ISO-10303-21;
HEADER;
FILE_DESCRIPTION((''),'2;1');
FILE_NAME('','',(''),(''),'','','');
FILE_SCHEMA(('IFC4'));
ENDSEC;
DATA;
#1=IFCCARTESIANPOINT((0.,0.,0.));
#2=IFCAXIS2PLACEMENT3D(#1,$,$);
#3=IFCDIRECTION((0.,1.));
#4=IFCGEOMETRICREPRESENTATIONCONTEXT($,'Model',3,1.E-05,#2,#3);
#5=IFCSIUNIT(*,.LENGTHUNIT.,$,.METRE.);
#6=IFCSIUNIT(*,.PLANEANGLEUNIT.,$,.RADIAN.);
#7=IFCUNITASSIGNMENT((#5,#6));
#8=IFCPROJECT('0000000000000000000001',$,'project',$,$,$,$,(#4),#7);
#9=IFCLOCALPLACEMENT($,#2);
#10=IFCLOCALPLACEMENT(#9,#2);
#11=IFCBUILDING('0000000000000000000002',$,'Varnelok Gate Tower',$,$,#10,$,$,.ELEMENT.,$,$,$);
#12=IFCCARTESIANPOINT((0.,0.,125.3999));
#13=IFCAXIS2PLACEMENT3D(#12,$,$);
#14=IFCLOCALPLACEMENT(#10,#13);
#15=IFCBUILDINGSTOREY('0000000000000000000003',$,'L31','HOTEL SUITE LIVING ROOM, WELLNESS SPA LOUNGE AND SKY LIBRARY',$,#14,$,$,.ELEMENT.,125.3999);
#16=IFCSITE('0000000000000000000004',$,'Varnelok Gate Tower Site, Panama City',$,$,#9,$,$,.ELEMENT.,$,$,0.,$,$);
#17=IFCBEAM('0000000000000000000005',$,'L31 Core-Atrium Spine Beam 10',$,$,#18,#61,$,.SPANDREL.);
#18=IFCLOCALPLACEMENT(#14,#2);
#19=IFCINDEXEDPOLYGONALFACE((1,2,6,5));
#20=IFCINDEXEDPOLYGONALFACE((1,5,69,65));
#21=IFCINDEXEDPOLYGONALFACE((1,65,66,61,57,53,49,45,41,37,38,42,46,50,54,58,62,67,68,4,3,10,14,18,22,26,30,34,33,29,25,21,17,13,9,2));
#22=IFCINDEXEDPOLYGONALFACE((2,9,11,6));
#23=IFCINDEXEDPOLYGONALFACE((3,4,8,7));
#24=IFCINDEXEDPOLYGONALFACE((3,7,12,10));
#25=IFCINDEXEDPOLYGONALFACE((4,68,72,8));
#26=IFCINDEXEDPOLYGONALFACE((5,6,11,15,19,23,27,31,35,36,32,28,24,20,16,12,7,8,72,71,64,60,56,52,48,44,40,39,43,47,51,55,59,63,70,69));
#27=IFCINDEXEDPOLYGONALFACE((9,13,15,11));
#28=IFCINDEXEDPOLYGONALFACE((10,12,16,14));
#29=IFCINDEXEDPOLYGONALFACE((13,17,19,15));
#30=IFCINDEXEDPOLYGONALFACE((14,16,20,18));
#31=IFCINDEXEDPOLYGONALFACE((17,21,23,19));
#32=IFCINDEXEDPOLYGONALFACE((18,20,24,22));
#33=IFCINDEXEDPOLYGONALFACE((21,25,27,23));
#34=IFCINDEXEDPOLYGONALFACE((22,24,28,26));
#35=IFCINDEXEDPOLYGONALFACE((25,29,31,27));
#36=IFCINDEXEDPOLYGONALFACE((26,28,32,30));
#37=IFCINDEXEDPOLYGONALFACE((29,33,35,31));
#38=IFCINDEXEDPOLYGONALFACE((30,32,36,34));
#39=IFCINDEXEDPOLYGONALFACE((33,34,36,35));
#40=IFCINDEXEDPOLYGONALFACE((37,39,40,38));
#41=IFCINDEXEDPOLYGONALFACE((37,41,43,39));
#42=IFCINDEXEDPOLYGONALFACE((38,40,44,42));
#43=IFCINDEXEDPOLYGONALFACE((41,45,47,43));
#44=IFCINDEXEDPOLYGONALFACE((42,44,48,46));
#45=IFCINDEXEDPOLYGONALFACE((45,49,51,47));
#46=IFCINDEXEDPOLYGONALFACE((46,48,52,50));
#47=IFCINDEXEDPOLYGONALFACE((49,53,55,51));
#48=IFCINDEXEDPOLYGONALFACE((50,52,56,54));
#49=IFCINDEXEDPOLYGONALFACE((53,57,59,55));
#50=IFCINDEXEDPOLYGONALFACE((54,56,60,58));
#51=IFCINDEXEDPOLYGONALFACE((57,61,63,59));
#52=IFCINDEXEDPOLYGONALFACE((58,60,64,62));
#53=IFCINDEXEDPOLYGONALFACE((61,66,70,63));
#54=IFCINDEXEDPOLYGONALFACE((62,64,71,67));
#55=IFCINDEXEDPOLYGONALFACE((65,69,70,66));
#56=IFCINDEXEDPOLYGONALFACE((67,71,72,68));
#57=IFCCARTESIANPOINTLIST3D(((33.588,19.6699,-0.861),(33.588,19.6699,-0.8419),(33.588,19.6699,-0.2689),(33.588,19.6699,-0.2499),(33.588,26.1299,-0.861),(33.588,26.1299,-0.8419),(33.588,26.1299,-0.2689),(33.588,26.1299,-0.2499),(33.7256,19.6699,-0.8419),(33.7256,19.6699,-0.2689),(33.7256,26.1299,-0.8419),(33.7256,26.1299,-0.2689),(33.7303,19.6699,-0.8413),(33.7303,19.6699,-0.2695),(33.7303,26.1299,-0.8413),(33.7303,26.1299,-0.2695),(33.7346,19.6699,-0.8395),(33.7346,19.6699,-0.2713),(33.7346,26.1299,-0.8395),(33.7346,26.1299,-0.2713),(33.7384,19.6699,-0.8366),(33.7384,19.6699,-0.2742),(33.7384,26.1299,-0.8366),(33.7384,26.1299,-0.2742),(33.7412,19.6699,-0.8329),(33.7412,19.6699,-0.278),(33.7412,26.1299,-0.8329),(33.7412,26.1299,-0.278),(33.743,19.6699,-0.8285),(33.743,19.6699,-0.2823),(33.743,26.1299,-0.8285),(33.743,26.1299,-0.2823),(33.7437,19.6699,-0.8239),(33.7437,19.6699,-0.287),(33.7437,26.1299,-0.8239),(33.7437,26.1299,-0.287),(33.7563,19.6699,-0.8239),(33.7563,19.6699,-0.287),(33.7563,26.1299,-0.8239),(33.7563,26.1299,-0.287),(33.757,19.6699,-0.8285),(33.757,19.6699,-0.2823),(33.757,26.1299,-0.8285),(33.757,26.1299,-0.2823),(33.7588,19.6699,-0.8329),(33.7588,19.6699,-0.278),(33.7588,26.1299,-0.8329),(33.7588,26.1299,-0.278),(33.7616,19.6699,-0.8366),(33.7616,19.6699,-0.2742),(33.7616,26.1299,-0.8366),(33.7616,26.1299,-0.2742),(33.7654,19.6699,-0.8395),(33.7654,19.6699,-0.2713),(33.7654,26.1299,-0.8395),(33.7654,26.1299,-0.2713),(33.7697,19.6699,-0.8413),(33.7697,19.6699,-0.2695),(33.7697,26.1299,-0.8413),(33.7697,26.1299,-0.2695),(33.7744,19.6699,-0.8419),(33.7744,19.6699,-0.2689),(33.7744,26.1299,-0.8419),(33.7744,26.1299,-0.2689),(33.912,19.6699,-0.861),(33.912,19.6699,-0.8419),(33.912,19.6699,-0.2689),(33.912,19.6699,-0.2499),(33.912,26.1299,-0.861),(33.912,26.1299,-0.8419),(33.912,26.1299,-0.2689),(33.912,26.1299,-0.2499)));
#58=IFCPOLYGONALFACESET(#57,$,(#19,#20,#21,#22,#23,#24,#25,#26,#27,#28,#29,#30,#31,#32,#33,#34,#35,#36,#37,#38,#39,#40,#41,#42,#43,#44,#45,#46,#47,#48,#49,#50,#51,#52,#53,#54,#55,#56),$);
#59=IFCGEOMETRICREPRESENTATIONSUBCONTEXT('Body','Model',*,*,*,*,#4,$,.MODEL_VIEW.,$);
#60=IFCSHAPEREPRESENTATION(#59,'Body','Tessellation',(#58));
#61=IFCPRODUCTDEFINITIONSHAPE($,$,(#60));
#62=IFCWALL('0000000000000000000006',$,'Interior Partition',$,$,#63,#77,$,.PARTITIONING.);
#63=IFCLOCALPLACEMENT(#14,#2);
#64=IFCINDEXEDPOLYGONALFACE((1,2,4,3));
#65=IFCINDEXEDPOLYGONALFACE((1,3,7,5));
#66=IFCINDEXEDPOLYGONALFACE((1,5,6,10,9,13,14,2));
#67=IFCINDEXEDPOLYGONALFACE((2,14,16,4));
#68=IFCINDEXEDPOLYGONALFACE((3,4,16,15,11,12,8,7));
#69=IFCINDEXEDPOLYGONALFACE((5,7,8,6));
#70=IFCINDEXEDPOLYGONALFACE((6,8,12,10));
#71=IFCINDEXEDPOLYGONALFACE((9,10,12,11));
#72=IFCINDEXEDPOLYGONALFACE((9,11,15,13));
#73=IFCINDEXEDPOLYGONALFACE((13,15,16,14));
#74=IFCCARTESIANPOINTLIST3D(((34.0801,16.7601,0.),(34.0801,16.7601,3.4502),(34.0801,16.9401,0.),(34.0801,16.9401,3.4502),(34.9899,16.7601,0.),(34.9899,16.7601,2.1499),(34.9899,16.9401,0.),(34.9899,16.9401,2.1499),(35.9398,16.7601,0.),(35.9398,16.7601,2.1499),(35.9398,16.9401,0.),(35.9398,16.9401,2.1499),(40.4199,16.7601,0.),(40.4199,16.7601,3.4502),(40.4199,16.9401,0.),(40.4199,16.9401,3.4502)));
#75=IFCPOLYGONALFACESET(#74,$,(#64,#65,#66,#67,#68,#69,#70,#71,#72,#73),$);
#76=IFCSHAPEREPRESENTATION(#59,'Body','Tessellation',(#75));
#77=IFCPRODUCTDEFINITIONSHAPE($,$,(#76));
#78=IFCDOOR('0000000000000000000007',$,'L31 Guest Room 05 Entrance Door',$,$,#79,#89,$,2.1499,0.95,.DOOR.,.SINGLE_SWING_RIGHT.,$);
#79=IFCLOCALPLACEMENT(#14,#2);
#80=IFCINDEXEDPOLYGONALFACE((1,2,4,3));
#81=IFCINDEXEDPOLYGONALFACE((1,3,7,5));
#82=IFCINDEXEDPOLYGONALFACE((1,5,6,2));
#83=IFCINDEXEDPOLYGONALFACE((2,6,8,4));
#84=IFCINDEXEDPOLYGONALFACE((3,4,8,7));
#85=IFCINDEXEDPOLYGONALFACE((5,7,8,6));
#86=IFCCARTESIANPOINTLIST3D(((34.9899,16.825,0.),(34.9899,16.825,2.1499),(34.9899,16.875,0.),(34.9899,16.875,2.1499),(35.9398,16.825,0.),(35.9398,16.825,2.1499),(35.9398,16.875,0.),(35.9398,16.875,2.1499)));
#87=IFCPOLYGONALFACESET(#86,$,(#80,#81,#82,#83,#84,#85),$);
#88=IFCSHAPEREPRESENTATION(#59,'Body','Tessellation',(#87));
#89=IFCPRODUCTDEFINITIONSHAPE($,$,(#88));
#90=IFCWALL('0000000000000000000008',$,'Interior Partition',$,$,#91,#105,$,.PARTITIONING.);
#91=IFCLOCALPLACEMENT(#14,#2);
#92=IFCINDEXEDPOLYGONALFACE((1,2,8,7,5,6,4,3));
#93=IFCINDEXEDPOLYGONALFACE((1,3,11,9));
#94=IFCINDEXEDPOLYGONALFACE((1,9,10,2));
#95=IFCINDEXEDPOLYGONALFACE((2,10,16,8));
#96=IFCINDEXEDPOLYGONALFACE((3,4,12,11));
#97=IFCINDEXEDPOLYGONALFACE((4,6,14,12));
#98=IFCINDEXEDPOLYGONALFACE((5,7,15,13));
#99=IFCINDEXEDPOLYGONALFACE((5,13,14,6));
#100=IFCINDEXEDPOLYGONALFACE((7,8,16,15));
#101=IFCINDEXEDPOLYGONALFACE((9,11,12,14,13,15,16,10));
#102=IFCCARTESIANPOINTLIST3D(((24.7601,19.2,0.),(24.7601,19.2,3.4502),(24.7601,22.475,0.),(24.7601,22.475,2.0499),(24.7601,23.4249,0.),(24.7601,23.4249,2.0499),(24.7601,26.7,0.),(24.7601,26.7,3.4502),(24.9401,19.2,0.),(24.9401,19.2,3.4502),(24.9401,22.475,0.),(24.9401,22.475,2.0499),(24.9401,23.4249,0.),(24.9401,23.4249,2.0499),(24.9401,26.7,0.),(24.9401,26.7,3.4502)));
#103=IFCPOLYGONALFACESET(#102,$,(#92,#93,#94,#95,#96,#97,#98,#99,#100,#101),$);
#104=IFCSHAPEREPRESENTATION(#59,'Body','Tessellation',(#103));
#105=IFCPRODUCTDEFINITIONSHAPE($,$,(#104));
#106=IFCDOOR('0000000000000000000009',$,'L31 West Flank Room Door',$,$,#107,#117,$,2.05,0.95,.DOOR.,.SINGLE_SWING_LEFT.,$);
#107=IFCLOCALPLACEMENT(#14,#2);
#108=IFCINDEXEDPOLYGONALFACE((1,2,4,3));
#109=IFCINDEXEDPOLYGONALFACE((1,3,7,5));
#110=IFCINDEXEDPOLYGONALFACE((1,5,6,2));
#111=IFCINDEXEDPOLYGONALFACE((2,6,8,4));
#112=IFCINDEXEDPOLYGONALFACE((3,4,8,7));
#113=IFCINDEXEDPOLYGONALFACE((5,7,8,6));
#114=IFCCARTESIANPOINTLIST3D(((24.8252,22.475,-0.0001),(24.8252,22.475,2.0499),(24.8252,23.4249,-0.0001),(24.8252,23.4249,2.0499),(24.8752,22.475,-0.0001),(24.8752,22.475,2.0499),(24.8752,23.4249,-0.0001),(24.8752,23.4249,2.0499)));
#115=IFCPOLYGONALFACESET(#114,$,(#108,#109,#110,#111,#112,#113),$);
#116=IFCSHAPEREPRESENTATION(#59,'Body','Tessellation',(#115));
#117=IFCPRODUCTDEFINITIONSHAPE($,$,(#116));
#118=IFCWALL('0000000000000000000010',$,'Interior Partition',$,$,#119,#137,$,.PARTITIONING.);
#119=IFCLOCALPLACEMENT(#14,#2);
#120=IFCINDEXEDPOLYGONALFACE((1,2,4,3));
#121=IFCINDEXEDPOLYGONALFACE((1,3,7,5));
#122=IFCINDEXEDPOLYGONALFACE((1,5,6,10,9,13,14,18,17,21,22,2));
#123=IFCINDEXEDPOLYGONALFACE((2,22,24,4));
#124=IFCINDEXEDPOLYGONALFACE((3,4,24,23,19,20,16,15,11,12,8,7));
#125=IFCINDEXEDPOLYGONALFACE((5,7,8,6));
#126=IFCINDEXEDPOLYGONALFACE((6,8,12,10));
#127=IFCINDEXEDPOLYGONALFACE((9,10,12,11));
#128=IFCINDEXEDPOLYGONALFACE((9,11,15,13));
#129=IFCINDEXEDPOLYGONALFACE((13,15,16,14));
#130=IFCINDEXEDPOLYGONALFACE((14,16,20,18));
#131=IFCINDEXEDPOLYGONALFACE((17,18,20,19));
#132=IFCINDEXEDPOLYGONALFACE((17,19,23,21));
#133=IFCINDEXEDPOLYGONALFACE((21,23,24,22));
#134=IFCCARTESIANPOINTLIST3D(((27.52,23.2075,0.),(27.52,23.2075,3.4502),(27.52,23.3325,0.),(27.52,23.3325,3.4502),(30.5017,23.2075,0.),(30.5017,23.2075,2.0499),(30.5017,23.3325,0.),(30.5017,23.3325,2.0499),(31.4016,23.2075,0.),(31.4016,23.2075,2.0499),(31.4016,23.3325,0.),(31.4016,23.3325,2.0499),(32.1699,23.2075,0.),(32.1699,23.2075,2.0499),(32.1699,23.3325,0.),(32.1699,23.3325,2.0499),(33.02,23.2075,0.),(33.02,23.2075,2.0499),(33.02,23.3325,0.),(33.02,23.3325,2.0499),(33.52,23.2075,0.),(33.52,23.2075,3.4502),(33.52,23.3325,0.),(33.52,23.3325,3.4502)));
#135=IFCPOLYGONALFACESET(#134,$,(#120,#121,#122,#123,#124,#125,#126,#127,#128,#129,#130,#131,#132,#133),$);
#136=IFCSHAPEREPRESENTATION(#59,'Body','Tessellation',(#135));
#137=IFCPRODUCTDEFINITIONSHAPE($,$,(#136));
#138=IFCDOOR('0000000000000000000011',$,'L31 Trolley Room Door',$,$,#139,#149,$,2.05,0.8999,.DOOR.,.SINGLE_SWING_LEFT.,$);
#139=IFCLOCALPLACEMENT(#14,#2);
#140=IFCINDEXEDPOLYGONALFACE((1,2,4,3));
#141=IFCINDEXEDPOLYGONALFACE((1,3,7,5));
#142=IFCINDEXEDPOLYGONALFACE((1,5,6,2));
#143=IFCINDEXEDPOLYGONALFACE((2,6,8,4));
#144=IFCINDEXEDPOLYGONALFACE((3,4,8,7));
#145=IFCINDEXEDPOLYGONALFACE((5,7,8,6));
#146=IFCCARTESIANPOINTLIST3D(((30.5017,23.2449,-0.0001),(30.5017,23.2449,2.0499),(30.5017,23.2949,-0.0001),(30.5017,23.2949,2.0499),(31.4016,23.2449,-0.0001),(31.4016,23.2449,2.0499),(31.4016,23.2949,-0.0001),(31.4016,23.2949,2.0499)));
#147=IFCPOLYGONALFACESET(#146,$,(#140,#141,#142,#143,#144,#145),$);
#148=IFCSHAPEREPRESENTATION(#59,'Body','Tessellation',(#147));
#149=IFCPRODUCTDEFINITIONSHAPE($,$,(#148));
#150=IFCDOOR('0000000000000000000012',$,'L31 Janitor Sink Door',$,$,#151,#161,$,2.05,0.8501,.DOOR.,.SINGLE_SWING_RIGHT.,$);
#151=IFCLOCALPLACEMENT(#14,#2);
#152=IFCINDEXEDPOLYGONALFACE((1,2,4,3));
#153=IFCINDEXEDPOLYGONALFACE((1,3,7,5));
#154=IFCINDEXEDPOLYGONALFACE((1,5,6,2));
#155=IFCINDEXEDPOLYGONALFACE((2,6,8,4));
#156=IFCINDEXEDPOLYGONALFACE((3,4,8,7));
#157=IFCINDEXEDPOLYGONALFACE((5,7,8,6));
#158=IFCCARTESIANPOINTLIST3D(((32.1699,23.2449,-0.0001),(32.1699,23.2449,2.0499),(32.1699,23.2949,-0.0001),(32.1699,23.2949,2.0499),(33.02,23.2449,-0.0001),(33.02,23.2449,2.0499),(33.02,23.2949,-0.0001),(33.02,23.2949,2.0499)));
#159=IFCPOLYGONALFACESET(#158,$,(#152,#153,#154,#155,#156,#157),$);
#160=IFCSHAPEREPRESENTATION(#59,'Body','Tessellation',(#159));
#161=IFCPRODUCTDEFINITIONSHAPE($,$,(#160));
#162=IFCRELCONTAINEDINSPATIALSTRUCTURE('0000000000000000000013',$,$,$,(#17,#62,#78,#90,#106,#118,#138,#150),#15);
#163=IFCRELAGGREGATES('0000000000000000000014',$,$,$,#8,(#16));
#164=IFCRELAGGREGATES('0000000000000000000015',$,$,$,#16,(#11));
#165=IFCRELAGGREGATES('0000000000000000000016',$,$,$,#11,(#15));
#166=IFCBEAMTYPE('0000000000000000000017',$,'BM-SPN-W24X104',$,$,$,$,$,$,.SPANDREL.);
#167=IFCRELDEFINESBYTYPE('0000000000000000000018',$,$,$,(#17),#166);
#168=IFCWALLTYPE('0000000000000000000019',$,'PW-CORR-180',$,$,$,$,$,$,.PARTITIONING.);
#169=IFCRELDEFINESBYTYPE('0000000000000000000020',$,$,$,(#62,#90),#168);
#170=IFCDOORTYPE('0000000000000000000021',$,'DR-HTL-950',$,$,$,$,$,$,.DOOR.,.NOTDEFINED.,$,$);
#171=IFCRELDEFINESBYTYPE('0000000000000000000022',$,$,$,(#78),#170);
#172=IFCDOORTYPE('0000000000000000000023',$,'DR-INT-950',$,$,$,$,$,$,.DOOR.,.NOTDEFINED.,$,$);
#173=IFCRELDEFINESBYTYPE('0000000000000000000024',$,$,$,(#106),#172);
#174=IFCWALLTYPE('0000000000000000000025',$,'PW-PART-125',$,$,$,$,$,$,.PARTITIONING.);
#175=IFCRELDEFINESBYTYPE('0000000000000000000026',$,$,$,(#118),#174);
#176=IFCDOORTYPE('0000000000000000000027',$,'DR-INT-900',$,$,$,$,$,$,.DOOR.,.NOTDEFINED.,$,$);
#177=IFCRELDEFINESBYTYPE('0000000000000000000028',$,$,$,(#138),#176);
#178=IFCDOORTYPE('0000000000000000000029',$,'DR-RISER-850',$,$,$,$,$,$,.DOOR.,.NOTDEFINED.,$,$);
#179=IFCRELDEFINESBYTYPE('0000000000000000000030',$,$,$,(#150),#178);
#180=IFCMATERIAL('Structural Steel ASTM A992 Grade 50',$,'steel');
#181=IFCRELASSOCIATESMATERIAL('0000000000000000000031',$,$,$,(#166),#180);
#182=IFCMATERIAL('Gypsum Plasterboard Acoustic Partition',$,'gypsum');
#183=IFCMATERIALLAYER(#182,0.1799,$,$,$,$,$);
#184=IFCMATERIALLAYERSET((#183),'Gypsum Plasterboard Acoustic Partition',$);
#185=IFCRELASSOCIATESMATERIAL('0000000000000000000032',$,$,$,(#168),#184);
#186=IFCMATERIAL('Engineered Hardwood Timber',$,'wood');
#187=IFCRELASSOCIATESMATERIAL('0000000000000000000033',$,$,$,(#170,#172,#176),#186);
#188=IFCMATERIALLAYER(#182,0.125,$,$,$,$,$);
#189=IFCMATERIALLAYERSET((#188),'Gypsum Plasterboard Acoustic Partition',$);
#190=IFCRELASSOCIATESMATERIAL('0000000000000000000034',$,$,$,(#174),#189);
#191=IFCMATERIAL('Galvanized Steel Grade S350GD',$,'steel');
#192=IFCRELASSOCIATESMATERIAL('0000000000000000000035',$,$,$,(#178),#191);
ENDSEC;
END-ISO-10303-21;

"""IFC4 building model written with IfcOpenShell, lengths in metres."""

from ifc_helpers import new_model, si_unit, direction, frame, frame_2d, origin, origin_2d, place, context, subcontext, project, spatial, rectangle, i_section, extrude, material, layer, layer_set, material_profile, profile_set, type_object, element, fill, save


model = new_model("IFC4")

# Units and contexts
model_context = context("Model", 3, precision=1e-05, world=origin(), true_north=direction((0.0, 1.0)))
body_context = subcontext(model_context, "Body", "Model", "MODEL_VIEW")
ifc_project = project(units=[si_unit("LENGTHUNIT", "METRE"), si_unit("PLANEANGLEUNIT", "RADIAN")], contexts=[model_context])

# Site, building, storey
site_placement = place(None, origin())
site = spatial("IfcSite", under=ifc_project, at=site_placement, Name="Varnelok Gate Tower Site, Panama City", CompositionType="ELEMENT", RefElevation=0.0)
building_placement = place(site_placement, origin())
building = spatial("IfcBuilding", under=site, at=building_placement, Name="Varnelok Gate Tower", CompositionType="ELEMENT")
storey_placement = place(building_placement, frame((0.0, 0.0, 125.3999)))
storey = spatial("IfcBuildingStorey", under=building, at=storey_placement, Name="L31", Description="HOTEL SUITE LIVING ROOM, WELLNESS SPA LOUNGE AND SKY LIBRARY", CompositionType="ELEMENT", Elevation=125.3999)

# Shared definitions
ifc_material_1 = material(Name="Structural Steel ASTM A992 Grade 50", Category="steel")

# Beam
ifc_material_profile_1 = material_profile(ifc_material_1, i_section(OverallWidth=0.324, OverallDepth=0.6111, WebThickness=0.0127, FlangeThickness=0.019, FilletRadius=0.0181, at=origin_2d()), Name="W24X104")
ifc_profile_set_1 = profile_set([ifc_material_profile_1], Name="Structural Steel ASTM A992 Grade 50")
beam_type_1 = type_object("IfcBeamType", Name="BM-SPN-W24X104", PredefinedType="SPANDREL", material=ifc_profile_set_1)
beam_1_placement = place(storey_placement, frame((33.75, 19.6699, -0.5554), z_axis=(0.0, 1.0, 0.0), x_axis=(-1.0, 0.0, 0.0)))
element("IfcBeam", 1, at=beam_1_placement, inside=storey, type_object=beam_type_1, Name="L31 Core-Atrium Spine Beam 10", PredefinedType="SPANDREL", context=body_context, shape_type="SweptSolid", body=[
    extrude(i_section(OverallWidth=0.324, OverallDepth=0.6111, WebThickness=0.0127, FlangeThickness=0.019, FilletRadius=0.0181, at=origin_2d()), origin(), (0.0, 0.0, 1.0), 6.46),
])

# Walls, openings, doors
ifc_material_2 = material(Name="Gypsum Plasterboard Acoustic Partition", Category="gypsum")
ifc_layer_1 = layer(ifc_material_2, 0.1799)
ifc_layer_set_1 = layer_set([ifc_layer_1], Name="Gypsum Plasterboard Acoustic Partition")
wall_type_1 = type_object("IfcWallType", Name="PW-CORR-180", PredefinedType="PARTITIONING", material=ifc_layer_set_1)
wall_1_placement = place(storey_placement, frame((34.0801, 16.8501, 0.0), z_axis=(0.0, 0.0, 1.0), x_axis=(1.0, 0.0, 0.0)))
wall_1 = element("IfcWall", 2, at=wall_1_placement, inside=storey, type_object=wall_type_1, Name="Interior Partition", PredefinedType="PARTITIONING", context=body_context, shape_type="SweptSolid", body=[
    extrude(rectangle(XDim=6.3398, YDim=0.1799, at=frame_2d((3.1699, 0.0))), origin(), (0.0, 0.0, 1.0), 3.4502),
])
opening_1_placement = place(wall_1_placement, frame((0.9097, 0.0, 0.0)))
opening_1 = element("IfcOpeningElement", 3, at=opening_1_placement, cuts=wall_1, PredefinedType="OPENING", context=body_context, shape_type="SweptSolid", body=[
    extrude(rectangle(XDim=0.95, YDim=2.1499, at=frame_2d((0.4751, 1.075))), frame((0.0, 0.0999, 0.0), z_axis=(0.0, -1.0, 0.0), x_axis=(1.0, 0.0, 0.0)), (0.0, 0.0, 1.0), 0.2),
])
ifc_material_3 = material(Name="Engineered Hardwood Timber", Category="wood")
door_type_1 = type_object("IfcDoorType", Name="DR-HTL-950", OperationType="NOTDEFINED", PredefinedType="DOOR", material=ifc_material_3)
door_1_placement = place(opening_1_placement, origin())
door_1 = element("IfcDoor", 4, at=door_1_placement, inside=storey, type_object=door_type_1, Name="L31 Guest Room 05 Entrance Door", OperationType="SINGLE_SWING_RIGHT", OverallHeight=2.1499, OverallWidth=0.95, PredefinedType="DOOR", context=body_context, shape_type="SweptSolid", body=[
    extrude(rectangle(XDim=0.95, YDim=2.1499, at=frame_2d((0.4751, 1.075))), frame((0.0, 0.0249, 0.0), z_axis=(0.0, -1.0, 0.0), x_axis=(1.0, 0.0, 0.0)), (0.0, 0.0, 1.0), 0.05),
])
fill(opening_1, door_1)
wall_2_placement = place(storey_placement, frame((24.8501, 19.2, 0.0), z_axis=(0.0, 0.0, 1.0), x_axis=(0.0, 1.0, 0.0)))
wall_2 = element("IfcWall", 5, at=wall_2_placement, inside=storey, type_object=wall_type_1, Name="Interior Partition", PredefinedType="PARTITIONING", context=body_context, shape_type="SweptSolid", body=[
    extrude(rectangle(XDim=7.5, YDim=0.1799, at=frame_2d((3.75, 0.0))), origin(), (0.0, 0.0, 1.0), 3.4502),
])
opening_2_placement = place(wall_2_placement, frame((3.2749, 0.0, 0.0)))
opening_2 = element("IfcOpeningElement", 6, at=opening_2_placement, cuts=wall_2, PredefinedType="OPENING", context=body_context, shape_type="SweptSolid", body=[
    extrude(rectangle(XDim=0.95, YDim=2.05, at=frame_2d((0.4751, 1.0249))), frame((0.0, 0.0999, 0.0), z_axis=(0.0, -1.0, 0.0), x_axis=(1.0, 0.0, 0.0)), (0.0, 0.0, 1.0), 0.2),
])
door_type_2 = type_object("IfcDoorType", Name="DR-INT-950", OperationType="NOTDEFINED", PredefinedType="DOOR", material=ifc_material_3)
door_2_placement = place(opening_2_placement, origin())
door_2 = element("IfcDoor", 7, at=door_2_placement, inside=storey, type_object=door_type_2, Name="L31 West Flank Room Door", OperationType="SINGLE_SWING_LEFT", OverallHeight=2.05, OverallWidth=0.95, PredefinedType="DOOR", context=body_context, shape_type="SweptSolid", body=[
    extrude(rectangle(XDim=0.95, YDim=2.05, at=frame_2d((0.4751, 1.0249))), frame((0.0, 0.0249, 0.0), z_axis=(0.0, -1.0, 0.0), x_axis=(1.0, 0.0, 0.0)), (0.0, 0.0, 1.0), 0.05),
])
fill(opening_2, door_2)

# Wall, openings, doors
ifc_layer_2 = layer(ifc_material_2, 0.125)
ifc_layer_set_2 = layer_set([ifc_layer_2], Name="Gypsum Plasterboard Acoustic Partition")
wall_type_2 = type_object("IfcWallType", Name="PW-PART-125", PredefinedType="PARTITIONING", material=ifc_layer_set_2)
wall_3_placement = place(storey_placement, frame((27.52, 23.27, 0.0), z_axis=(0.0, 0.0, 1.0), x_axis=(1.0, 0.0, 0.0)))
wall_3 = element("IfcWall", 8, at=wall_3_placement, inside=storey, type_object=wall_type_2, Name="Interior Partition", PredefinedType="PARTITIONING", context=body_context, shape_type="SweptSolid", body=[
    extrude(rectangle(XDim=6.0, YDim=0.125, at=frame_2d((3.0, 0.0))), origin(), (0.0, 0.0, 1.0), 3.4502),
])
opening_3_placement = place(wall_3_placement, frame((2.9817, 0.0, 0.0)))
opening_3 = element("IfcOpeningElement", 9, at=opening_3_placement, cuts=wall_3, PredefinedType="OPENING", context=body_context, shape_type="SweptSolid", body=[
    extrude(rectangle(XDim=0.8999, YDim=2.05, at=frame_2d((0.45, 1.0249))), frame((0.0, 0.0725, 0.0), z_axis=(0.0, -1.0, 0.0), x_axis=(1.0, 0.0, 0.0)), (0.0, 0.0, 1.0), 0.145),
])
opening_4_placement = place(wall_3_placement, frame((4.6499, 0.0, 0.0)))
opening_4 = element("IfcOpeningElement", 10, at=opening_4_placement, cuts=wall_3, PredefinedType="OPENING", context=body_context, shape_type="SweptSolid", body=[
    extrude(rectangle(XDim=0.8501, YDim=2.05, at=frame_2d((0.425, 1.0249))), frame((0.0, 0.0725, 0.0), z_axis=(0.0, -1.0, 0.0), x_axis=(1.0, 0.0, 0.0)), (0.0, 0.0, 1.0), 0.145),
])
door_type_3 = type_object("IfcDoorType", Name="DR-INT-900", OperationType="NOTDEFINED", PredefinedType="DOOR", material=ifc_material_3)
door_3_placement = place(opening_3_placement, origin())
door_3 = element("IfcDoor", 11, at=door_3_placement, inside=storey, type_object=door_type_3, Name="L31 Trolley Room Door", OperationType="SINGLE_SWING_LEFT", OverallHeight=2.05, OverallWidth=0.8999, PredefinedType="DOOR", context=body_context, shape_type="SweptSolid", body=[
    extrude(rectangle(XDim=0.8999, YDim=2.05, at=frame_2d((0.45, 1.0249))), frame((0.0, 0.0249, 0.0), z_axis=(0.0, -1.0, 0.0), x_axis=(1.0, 0.0, 0.0)), (0.0, 0.0, 1.0), 0.05),
])
fill(opening_3, door_3)
ifc_material_4 = material(Name="Galvanized Steel Grade S350GD", Category="steel")
door_type_4 = type_object("IfcDoorType", Name="DR-RISER-850", OperationType="NOTDEFINED", PredefinedType="DOOR", material=ifc_material_4)
door_4_placement = place(opening_4_placement, origin())
door_4 = element("IfcDoor", 12, at=door_4_placement, inside=storey, type_object=door_type_4, Name="L31 Janitor Sink Door", OperationType="SINGLE_SWING_RIGHT", OverallHeight=2.05, OverallWidth=0.8501, PredefinedType="DOOR", context=body_context, shape_type="SweptSolid", body=[
    extrude(rectangle(XDim=0.8501, YDim=2.05, at=frame_2d((0.425, 1.0249))), frame((0.0, 0.0249, 0.0), z_axis=(0.0, -1.0, 0.0), x_axis=(1.0, 0.0, 0.0)), (0.0, 0.0, 1.0), 0.05),
])
fill(opening_4, door_4)

save(model, "model.ifc")
